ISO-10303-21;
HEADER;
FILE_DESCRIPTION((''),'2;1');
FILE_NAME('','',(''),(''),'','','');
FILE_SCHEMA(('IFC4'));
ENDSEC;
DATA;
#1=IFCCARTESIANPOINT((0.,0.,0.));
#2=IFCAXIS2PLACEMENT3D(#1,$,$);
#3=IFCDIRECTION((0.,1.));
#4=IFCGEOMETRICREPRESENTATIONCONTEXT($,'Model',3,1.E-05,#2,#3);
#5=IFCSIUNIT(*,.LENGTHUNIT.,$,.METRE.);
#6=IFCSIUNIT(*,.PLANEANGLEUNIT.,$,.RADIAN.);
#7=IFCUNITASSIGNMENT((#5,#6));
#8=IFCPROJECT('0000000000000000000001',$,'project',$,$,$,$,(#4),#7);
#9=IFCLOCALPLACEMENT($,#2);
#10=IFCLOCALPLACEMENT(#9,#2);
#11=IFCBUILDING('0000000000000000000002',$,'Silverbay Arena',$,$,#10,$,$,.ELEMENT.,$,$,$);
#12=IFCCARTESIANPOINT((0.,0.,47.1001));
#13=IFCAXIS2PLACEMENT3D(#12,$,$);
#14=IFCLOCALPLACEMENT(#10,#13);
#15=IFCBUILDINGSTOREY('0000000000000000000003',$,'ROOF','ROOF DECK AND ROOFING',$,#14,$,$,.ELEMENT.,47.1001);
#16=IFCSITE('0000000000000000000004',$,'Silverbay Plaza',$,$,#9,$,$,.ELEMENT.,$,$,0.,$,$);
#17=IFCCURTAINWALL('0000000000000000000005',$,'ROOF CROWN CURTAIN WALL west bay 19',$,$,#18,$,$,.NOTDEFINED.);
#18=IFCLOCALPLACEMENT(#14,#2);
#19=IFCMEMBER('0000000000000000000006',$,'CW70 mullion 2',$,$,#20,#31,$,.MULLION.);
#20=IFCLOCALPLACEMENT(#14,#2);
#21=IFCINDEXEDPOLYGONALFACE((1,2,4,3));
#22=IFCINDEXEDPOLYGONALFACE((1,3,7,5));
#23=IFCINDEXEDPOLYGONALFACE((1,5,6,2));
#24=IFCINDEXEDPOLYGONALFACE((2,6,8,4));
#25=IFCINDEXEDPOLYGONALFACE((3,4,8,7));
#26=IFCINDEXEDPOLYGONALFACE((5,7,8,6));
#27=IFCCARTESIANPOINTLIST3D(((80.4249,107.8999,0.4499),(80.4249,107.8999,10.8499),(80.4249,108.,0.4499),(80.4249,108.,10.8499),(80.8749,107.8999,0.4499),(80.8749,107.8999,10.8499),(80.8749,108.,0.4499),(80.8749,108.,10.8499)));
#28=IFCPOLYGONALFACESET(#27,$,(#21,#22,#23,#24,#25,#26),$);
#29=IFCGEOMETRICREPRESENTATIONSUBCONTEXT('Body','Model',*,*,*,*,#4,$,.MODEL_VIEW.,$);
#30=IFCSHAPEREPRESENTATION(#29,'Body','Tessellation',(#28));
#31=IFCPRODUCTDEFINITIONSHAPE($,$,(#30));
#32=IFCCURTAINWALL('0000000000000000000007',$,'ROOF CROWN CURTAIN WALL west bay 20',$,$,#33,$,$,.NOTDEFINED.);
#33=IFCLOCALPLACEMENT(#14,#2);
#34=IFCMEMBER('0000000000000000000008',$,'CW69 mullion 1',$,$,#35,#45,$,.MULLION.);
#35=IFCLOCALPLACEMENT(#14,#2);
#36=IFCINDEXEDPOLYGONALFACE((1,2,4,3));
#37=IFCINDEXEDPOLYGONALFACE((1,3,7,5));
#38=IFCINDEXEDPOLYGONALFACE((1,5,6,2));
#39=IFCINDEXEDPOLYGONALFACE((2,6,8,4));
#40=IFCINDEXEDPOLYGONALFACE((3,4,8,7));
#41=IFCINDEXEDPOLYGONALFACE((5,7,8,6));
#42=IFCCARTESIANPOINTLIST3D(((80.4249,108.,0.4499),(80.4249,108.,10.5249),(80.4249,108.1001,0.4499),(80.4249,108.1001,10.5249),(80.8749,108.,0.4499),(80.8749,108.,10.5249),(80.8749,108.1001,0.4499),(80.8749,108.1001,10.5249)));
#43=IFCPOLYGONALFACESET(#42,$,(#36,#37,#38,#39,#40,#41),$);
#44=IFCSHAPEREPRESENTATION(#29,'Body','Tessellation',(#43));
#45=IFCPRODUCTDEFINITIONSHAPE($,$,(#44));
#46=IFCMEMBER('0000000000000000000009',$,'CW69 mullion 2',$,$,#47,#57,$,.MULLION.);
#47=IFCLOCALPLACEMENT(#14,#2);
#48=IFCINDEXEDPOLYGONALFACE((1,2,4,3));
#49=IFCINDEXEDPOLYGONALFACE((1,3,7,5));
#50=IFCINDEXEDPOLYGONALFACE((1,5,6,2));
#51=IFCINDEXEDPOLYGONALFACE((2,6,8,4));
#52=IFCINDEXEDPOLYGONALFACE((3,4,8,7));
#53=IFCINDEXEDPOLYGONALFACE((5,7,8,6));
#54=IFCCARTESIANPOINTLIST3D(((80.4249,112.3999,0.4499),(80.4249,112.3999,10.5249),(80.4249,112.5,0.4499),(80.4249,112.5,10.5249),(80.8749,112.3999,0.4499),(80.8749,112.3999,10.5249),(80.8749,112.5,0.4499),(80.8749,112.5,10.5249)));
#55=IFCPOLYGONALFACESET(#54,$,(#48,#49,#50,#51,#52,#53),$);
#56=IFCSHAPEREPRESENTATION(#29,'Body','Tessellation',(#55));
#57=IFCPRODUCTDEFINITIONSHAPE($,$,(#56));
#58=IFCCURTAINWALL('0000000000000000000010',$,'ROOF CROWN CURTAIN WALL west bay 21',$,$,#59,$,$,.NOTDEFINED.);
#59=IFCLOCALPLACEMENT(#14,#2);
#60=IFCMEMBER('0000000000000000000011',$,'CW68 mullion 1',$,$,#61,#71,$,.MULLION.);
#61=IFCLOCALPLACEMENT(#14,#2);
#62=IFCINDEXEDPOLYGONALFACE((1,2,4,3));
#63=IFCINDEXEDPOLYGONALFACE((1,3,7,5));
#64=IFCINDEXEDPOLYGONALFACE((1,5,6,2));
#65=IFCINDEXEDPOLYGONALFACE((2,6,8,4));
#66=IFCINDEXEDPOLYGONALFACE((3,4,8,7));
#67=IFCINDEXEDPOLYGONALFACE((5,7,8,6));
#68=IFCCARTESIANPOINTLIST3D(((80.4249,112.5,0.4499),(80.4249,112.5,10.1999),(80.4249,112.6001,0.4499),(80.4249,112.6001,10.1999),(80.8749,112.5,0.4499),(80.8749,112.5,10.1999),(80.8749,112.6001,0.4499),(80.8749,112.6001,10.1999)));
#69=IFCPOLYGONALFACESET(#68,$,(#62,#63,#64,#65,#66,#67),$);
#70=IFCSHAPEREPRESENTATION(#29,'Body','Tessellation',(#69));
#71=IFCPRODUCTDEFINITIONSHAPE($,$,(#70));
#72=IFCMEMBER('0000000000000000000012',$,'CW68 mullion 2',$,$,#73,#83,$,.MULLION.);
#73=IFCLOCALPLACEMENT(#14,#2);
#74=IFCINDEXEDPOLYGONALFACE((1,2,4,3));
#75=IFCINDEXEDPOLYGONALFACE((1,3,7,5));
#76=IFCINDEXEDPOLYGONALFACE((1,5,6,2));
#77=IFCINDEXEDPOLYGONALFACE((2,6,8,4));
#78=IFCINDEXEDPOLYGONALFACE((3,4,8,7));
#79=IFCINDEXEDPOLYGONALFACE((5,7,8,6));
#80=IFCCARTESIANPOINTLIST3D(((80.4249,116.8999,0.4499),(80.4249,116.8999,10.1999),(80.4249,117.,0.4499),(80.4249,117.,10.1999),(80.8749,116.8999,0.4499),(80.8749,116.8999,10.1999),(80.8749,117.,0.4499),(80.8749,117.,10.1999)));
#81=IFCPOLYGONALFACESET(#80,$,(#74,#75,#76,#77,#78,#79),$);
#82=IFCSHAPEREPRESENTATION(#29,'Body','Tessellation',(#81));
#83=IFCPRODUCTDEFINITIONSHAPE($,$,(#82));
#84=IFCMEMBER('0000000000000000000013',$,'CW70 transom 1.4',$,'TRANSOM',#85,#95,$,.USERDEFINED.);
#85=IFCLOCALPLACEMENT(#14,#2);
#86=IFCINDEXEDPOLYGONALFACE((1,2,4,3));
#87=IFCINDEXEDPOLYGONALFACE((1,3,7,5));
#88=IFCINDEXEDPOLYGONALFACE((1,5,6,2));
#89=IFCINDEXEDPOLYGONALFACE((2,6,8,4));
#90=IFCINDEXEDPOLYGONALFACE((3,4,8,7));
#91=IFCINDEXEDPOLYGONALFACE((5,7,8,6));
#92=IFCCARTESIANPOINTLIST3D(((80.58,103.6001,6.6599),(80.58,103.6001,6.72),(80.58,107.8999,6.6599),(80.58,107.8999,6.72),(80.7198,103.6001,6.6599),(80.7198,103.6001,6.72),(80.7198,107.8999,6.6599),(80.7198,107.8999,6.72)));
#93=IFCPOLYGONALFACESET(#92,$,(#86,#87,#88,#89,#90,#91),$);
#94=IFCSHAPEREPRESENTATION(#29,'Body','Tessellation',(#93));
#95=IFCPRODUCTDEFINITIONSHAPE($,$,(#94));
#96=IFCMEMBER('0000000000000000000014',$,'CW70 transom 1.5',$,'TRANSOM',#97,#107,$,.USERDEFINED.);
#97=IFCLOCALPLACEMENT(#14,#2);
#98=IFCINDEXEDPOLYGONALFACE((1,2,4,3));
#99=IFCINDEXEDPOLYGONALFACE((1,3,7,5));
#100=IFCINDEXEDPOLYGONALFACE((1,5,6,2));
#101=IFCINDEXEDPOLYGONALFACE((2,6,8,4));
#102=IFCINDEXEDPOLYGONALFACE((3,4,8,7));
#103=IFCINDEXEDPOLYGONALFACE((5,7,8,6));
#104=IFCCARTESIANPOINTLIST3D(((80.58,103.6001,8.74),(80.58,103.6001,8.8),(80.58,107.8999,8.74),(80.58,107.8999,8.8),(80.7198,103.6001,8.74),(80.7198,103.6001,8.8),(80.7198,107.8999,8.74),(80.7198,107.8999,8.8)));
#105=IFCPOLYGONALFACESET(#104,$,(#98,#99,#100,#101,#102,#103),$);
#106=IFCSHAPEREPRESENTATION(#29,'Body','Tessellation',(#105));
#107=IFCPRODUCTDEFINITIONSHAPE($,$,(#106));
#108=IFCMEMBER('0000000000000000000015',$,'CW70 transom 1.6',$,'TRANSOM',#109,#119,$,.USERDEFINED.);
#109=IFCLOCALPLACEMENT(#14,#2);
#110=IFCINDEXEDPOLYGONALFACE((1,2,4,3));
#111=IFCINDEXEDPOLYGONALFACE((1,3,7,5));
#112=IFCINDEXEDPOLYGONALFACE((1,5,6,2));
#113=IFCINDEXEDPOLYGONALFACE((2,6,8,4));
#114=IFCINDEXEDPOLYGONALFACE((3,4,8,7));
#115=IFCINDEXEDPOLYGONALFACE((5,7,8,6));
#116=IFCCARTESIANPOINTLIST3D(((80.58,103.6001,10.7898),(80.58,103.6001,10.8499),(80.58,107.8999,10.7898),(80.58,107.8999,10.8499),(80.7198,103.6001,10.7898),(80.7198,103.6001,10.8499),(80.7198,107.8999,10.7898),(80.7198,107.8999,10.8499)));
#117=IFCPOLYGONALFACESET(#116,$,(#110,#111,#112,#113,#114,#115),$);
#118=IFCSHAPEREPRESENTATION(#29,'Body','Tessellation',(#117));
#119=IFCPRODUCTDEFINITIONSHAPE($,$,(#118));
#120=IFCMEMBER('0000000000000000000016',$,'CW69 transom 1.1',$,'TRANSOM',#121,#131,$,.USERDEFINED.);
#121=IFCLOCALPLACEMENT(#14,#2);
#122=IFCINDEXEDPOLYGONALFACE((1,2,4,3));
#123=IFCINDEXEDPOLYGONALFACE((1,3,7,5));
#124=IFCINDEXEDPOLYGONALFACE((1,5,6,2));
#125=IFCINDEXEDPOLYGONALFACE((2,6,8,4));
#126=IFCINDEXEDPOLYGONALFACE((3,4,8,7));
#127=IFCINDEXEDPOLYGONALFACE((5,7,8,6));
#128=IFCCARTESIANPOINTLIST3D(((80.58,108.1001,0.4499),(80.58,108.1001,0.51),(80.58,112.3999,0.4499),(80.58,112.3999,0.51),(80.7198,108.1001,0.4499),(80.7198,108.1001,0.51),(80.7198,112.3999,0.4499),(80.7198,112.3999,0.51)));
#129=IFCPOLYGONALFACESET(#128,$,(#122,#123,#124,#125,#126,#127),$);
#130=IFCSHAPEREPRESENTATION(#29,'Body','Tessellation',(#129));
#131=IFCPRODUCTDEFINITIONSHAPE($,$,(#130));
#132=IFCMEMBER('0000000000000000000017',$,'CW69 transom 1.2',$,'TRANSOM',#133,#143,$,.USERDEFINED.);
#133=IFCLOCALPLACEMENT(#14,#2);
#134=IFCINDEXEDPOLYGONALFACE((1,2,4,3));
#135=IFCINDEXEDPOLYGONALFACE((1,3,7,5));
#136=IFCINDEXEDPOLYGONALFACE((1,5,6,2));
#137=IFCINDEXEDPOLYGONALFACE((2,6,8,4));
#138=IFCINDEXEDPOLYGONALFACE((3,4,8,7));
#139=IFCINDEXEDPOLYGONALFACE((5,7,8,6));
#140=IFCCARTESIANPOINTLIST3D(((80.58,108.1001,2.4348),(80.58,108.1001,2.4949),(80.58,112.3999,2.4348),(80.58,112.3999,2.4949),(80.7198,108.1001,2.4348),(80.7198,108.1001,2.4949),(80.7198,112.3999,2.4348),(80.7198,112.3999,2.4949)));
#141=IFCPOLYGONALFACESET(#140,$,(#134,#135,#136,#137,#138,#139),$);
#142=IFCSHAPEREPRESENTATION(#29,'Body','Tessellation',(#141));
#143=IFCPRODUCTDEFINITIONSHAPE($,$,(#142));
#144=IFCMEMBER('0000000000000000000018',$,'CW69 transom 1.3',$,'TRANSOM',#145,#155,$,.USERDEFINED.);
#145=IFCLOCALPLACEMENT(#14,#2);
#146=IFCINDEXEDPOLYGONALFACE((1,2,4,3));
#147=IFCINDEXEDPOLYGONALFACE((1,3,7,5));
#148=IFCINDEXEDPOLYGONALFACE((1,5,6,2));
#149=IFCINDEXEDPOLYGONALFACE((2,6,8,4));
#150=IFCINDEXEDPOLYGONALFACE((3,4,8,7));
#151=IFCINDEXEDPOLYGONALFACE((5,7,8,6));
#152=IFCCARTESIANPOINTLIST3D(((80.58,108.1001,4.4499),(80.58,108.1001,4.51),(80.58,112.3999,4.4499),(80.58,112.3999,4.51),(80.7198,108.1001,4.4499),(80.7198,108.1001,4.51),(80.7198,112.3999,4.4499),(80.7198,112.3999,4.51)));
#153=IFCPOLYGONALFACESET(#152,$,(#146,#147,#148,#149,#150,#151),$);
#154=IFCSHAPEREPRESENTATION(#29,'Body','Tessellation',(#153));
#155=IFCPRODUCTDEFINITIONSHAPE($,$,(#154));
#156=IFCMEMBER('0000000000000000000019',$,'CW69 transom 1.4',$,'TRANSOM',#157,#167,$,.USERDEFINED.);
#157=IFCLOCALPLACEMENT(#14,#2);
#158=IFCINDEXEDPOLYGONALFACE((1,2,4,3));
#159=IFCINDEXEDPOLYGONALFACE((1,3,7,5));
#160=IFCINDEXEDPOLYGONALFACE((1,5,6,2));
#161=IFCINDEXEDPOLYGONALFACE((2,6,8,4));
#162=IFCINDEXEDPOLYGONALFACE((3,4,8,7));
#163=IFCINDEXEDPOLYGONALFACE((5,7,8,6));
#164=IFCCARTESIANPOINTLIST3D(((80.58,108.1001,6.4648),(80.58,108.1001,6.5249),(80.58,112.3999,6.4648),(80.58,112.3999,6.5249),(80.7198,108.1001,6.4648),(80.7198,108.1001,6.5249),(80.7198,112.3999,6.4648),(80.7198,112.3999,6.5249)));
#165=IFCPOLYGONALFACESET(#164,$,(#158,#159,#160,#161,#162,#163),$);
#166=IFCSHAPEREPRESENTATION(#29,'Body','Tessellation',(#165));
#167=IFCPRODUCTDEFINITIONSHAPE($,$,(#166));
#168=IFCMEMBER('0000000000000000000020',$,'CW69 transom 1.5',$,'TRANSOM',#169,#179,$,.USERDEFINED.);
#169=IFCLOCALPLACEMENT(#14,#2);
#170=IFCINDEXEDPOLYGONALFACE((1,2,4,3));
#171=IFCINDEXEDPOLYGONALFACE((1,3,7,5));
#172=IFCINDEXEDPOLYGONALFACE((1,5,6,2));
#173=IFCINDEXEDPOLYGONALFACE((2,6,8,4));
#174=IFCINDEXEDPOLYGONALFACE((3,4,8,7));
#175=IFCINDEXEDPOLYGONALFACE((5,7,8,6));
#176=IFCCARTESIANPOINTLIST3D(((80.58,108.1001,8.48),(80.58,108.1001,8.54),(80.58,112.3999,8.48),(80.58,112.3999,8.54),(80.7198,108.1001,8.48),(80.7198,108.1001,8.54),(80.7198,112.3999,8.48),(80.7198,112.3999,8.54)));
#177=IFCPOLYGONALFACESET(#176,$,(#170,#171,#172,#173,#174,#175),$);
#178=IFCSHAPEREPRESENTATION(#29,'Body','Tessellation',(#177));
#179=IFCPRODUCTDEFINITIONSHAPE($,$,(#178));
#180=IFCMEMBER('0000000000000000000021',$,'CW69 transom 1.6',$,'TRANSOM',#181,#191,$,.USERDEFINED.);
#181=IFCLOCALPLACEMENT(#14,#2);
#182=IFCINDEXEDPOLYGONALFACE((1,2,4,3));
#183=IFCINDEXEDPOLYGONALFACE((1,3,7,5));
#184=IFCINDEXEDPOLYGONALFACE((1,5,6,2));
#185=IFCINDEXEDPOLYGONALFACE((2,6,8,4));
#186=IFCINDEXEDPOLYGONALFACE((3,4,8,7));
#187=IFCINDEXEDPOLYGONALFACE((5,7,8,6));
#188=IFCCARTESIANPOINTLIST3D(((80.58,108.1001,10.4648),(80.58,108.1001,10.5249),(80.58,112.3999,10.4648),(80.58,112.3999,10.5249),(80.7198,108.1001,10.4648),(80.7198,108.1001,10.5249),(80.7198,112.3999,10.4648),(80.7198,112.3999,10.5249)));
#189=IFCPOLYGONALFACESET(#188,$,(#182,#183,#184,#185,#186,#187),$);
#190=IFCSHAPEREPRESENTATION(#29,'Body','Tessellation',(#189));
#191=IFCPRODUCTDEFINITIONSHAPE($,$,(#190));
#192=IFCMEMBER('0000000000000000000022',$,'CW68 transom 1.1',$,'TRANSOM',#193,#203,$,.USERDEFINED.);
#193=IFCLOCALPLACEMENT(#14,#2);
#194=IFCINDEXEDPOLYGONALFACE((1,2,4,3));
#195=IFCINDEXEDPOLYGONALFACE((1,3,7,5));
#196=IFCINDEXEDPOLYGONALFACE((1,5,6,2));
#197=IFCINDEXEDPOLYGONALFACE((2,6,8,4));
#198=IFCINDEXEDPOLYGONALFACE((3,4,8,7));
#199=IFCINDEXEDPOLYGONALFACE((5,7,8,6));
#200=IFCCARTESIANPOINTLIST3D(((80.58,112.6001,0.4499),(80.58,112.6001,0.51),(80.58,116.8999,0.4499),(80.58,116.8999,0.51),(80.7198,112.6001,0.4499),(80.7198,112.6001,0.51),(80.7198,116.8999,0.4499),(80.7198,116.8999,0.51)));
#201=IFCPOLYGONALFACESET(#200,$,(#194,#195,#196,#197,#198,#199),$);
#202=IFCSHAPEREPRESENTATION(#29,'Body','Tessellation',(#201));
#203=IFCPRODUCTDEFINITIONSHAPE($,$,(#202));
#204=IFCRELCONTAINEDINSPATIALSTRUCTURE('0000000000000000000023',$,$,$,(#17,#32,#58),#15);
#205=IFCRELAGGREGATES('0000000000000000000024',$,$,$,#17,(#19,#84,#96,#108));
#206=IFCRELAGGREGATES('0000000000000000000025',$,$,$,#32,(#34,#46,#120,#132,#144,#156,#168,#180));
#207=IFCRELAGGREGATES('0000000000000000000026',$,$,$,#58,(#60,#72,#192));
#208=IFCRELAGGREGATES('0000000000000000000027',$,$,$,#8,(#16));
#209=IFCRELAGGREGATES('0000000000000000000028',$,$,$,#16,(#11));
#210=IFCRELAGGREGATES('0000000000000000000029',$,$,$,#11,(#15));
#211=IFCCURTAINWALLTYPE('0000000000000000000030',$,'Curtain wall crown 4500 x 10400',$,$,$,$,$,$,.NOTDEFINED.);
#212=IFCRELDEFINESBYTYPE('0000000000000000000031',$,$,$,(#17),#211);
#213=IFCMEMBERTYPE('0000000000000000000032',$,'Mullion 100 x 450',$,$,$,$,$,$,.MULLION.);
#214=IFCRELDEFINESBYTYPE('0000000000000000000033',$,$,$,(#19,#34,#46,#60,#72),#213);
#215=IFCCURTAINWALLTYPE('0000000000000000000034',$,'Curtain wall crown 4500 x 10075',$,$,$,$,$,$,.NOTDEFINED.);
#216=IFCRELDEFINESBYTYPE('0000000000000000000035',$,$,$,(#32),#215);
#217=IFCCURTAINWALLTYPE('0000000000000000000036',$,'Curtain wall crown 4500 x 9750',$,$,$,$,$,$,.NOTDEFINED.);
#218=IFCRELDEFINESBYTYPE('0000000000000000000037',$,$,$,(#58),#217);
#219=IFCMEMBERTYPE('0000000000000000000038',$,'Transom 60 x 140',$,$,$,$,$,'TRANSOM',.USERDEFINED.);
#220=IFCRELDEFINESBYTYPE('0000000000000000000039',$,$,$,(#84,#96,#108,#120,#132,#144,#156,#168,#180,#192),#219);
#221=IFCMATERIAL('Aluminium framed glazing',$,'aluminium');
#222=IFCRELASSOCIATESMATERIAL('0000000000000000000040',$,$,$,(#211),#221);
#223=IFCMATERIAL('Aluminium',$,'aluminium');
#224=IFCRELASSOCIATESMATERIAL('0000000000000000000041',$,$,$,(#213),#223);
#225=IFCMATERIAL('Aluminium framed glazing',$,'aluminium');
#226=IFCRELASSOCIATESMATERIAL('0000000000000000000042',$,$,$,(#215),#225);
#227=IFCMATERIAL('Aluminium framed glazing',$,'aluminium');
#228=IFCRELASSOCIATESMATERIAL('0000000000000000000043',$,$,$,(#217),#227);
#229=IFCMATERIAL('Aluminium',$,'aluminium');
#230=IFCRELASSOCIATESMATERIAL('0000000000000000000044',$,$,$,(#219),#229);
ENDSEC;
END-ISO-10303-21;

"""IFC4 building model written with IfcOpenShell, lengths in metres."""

from ifc_helpers import new_model, si_unit, direction, frame, origin, origin_2d, place, context, subcontext, project, spatial, rectangle, extrude, material, material_profile, profile_set, type_object, element, aggregate, save


model = new_model("IFC4")

# Units and contexts
model_context = context("Model", 3, precision=1e-05, world=origin(), true_north=direction((0.0, 1.0)))
body_context = subcontext(model_context, "Body", "Model", "MODEL_VIEW")
ifc_project = project(units=[si_unit("LENGTHUNIT", "METRE"), si_unit("PLANEANGLEUNIT", "RADIAN")], contexts=[model_context])

# Site, building, storey
site_placement = place(None, origin())
site = spatial("IfcSite", under=ifc_project, at=site_placement, Name="Silverbay Plaza", CompositionType="ELEMENT", RefElevation=0.0)
building_placement = place(site_placement, origin())
building = spatial("IfcBuilding", under=site, at=building_placement, Name="Silverbay Arena", CompositionType="ELEMENT")
storey_placement = place(building_placement, frame((0.0, 0.0, 47.1001)))
storey = spatial("IfcBuildingStorey", under=building, at=storey_placement, Name="ROOF", Description="ROOF DECK AND ROOFING", CompositionType="ELEMENT", Elevation=47.1001)

# Curtain wall, member
ifc_material_1 = material(Name="Aluminium framed glazing", Category="aluminium")
curtain_wall_type_1 = type_object("IfcCurtainWallType", Name="Curtain wall crown 4500 x 10400", PredefinedType="NOTDEFINED", material=ifc_material_1)
curtain_wall_1_placement = place(storey_placement, origin())
curtain_wall_1 = element("IfcCurtainWall", 1, at=curtain_wall_1_placement, inside=storey, type_object=curtain_wall_type_1, Name="ROOF CROWN CURTAIN WALL west bay 19", PredefinedType="NOTDEFINED")
ifc_material_2 = material(Name="Aluminium", Category="aluminium")
ifc_material_profile_1 = material_profile(ifc_material_2, rectangle(XDim=0.45, YDim=0.1001, at=origin_2d()), Name="Mullion 100 x 450")
ifc_profile_set_1 = profile_set([ifc_material_profile_1], Name="Aluminium")
member_type_1 = type_object("IfcMemberType", Name="Mullion 100 x 450", PredefinedType="MULLION", material=ifc_profile_set_1)
placement = place(building_placement, frame((0.0, 0.0, 33.5)))
member_1_placement = place(placement, frame((80.6499, 107.95, 14.05), z_axis=(0.0, 0.0, 1.0), x_axis=(-1.0, 0.0, 0.0)))
member_1 = element("IfcMember", 2, at=member_1_placement, type_object=member_type_1, Name="CW70 mullion 2", PredefinedType="MULLION", context=body_context, shape_type="SweptSolid", body=[
    extrude(rectangle(XDim=0.45, YDim=0.1001, at=origin_2d()), origin(), (0.0, 0.0, 1.0), 10.3999),
])

# Curtain walls, members
ifc_material_3 = material(Name="Aluminium framed glazing", Category="aluminium")
curtain_wall_type_2 = type_object("IfcCurtainWallType", Name="Curtain wall crown 4500 x 10075", PredefinedType="NOTDEFINED", material=ifc_material_3)
curtain_wall_2_placement = place(storey_placement, origin())
curtain_wall_2 = element("IfcCurtainWall", 3, at=curtain_wall_2_placement, inside=storey, type_object=curtain_wall_type_2, Name="ROOF CROWN CURTAIN WALL west bay 20", PredefinedType="NOTDEFINED")
member_2_placement = place(placement, frame((80.6499, 108.05, 14.05), z_axis=(0.0, 0.0, 1.0), x_axis=(-1.0, 0.0, 0.0)))
member_2 = element("IfcMember", 4, at=member_2_placement, type_object=member_type_1, Name="CW69 mullion 1", PredefinedType="MULLION", context=body_context, shape_type="SweptSolid", body=[
    extrude(rectangle(XDim=0.45, YDim=0.1001, at=origin_2d()), origin(), (0.0, 0.0, 1.0), 10.075),
])
member_3_placement = place(placement, frame((80.6499, 112.45, 14.05), z_axis=(0.0, 0.0, 1.0), x_axis=(-1.0, 0.0, 0.0)))
member_3 = element("IfcMember", 5, at=member_3_placement, type_object=member_type_1, Name="CW69 mullion 2", PredefinedType="MULLION", context=body_context, shape_type="SweptSolid", body=[
    extrude(rectangle(XDim=0.45, YDim=0.1001, at=origin_2d()), origin(), (0.0, 0.0, 1.0), 10.075),
])
ifc_material_4 = material(Name="Aluminium framed glazing", Category="aluminium")
curtain_wall_type_3 = type_object("IfcCurtainWallType", Name="Curtain wall crown 4500 x 9750", PredefinedType="NOTDEFINED", material=ifc_material_4)
curtain_wall_3_placement = place(storey_placement, origin())
curtain_wall_3 = element("IfcCurtainWall", 6, at=curtain_wall_3_placement, inside=storey, type_object=curtain_wall_type_3, Name="ROOF CROWN CURTAIN WALL west bay 21", PredefinedType="NOTDEFINED")
member_4_placement = place(placement, frame((80.6499, 112.55, 14.05), z_axis=(0.0, 0.0, 1.0), x_axis=(-1.0, 0.0, 0.0)))
member_4 = element("IfcMember", 7, at=member_4_placement, type_object=member_type_1, Name="CW68 mullion 1", PredefinedType="MULLION", context=body_context, shape_type="SweptSolid", body=[
    extrude(rectangle(XDim=0.45, YDim=0.1001, at=origin_2d()), origin(), (0.0, 0.0, 1.0), 9.75),
])
member_5_placement = place(placement, frame((80.6499, 116.95, 14.05), z_axis=(0.0, 0.0, 1.0), x_axis=(-1.0, 0.0, 0.0)))
member_5 = element("IfcMember", 8, at=member_5_placement, type_object=member_type_1, Name="CW68 mullion 2", PredefinedType="MULLION", context=body_context, shape_type="SweptSolid", body=[
    extrude(rectangle(XDim=0.45, YDim=0.1001, at=origin_2d()), origin(), (0.0, 0.0, 1.0), 9.75),
])

# Members
ifc_material_5 = material(Name="Aluminium", Category="aluminium")
ifc_material_profile_2 = material_profile(ifc_material_5, rectangle(XDim=0.1399, YDim=0.0601, at=origin_2d()), Name="Transom 60 x 140")
ifc_profile_set_2 = profile_set([ifc_material_profile_2], Name="Aluminium")
member_type_2 = type_object("IfcMemberType", Name="Transom 60 x 140", ElementType="TRANSOM", PredefinedType="USERDEFINED", material=ifc_profile_set_2)
member_6_placement = place(placement, frame((80.6499, 103.6001, 20.29), z_axis=(0.0, 1.0, 0.0), x_axis=(-1.0, 0.0, 0.0)))
member_6 = element("IfcMember", 9, at=member_6_placement, type_object=member_type_2, Name="CW70 transom 1.4", ObjectType="TRANSOM", PredefinedType="USERDEFINED", context=body_context, shape_type="SweptSolid", body=[
    extrude(rectangle(XDim=0.1399, YDim=0.0601, at=origin_2d()), origin(), (0.0, 0.0, 1.0), 4.2998),
])
member_7_placement = place(placement, frame((80.6499, 103.6001, 22.3701), z_axis=(0.0, 1.0, 0.0), x_axis=(-1.0, 0.0, 0.0)))
member_7 = element("IfcMember", 10, at=member_7_placement, type_object=member_type_2, Name="CW70 transom 1.5", ObjectType="TRANSOM", PredefinedType="USERDEFINED", context=body_context, shape_type="SweptSolid", body=[
    extrude(rectangle(XDim=0.1399, YDim=0.0601, at=origin_2d()), origin(), (0.0, 0.0, 1.0), 4.2998),
])
member_8_placement = place(placement, frame((80.6499, 103.6001, 24.4199), z_axis=(0.0, 1.0, 0.0), x_axis=(-1.0, 0.0, 0.0)))
member_8 = element("IfcMember", 11, at=member_8_placement, type_object=member_type_2, Name="CW70 transom 1.6", ObjectType="TRANSOM", PredefinedType="USERDEFINED", context=body_context, shape_type="SweptSolid", body=[
    extrude(rectangle(XDim=0.1399, YDim=0.0601, at=origin_2d()), origin(), (0.0, 0.0, 1.0), 4.2998),
])
member_9_placement = place(placement, frame((80.6499, 108.1001, 14.0801), z_axis=(0.0, 1.0, 0.0), x_axis=(-1.0, 0.0, 0.0)))
member_9 = element("IfcMember", 12, at=member_9_placement, type_object=member_type_2, Name="CW69 transom 1.1", ObjectType="TRANSOM", PredefinedType="USERDEFINED", context=body_context, shape_type="SweptSolid", body=[
    extrude(rectangle(XDim=0.1399, YDim=0.0601, at=origin_2d()), origin(), (0.0, 0.0, 1.0), 4.2998),
])
member_10_placement = place(placement, frame((80.6499, 108.1001, 16.0649), z_axis=(0.0, 1.0, 0.0), x_axis=(-1.0, 0.0, 0.0)))
member_10 = element("IfcMember", 13, at=member_10_placement, type_object=member_type_2, Name="CW69 transom 1.2", ObjectType="TRANSOM", PredefinedType="USERDEFINED", context=body_context, shape_type="SweptSolid", body=[
    extrude(rectangle(XDim=0.1399, YDim=0.0601, at=origin_2d()), origin(), (0.0, 0.0, 1.0), 4.2998),
])
member_11_placement = place(placement, frame((80.6499, 108.1001, 18.0801), z_axis=(0.0, 1.0, 0.0), x_axis=(-1.0, 0.0, 0.0)))
member_11 = element("IfcMember", 14, at=member_11_placement, type_object=member_type_2, Name="CW69 transom 1.3", ObjectType="TRANSOM", PredefinedType="USERDEFINED", context=body_context, shape_type="SweptSolid", body=[
    extrude(rectangle(XDim=0.1399, YDim=0.0601, at=origin_2d()), origin(), (0.0, 0.0, 1.0), 4.2998),
])
member_12_placement = place(placement, frame((80.6499, 108.1001, 20.095), z_axis=(0.0, 1.0, 0.0), x_axis=(-1.0, 0.0, 0.0)))
member_12 = element("IfcMember", 15, at=member_12_placement, type_object=member_type_2, Name="CW69 transom 1.4", ObjectType="TRANSOM", PredefinedType="USERDEFINED", context=body_context, shape_type="SweptSolid", body=[
    extrude(rectangle(XDim=0.1399, YDim=0.0601, at=origin_2d()), origin(), (0.0, 0.0, 1.0), 4.2998),
])
member_13_placement = place(placement, frame((80.6499, 108.1001, 22.1101), z_axis=(0.0, 1.0, 0.0), x_axis=(-1.0, 0.0, 0.0)))
member_13 = element("IfcMember", 16, at=member_13_placement, type_object=member_type_2, Name="CW69 transom 1.5", ObjectType="TRANSOM", PredefinedType="USERDEFINED", context=body_context, shape_type="SweptSolid", body=[
    extrude(rectangle(XDim=0.1399, YDim=0.0601, at=origin_2d()), origin(), (0.0, 0.0, 1.0), 4.2998),
])
member_14_placement = place(placement, frame((80.6499, 108.1001, 24.095), z_axis=(0.0, 1.0, 0.0), x_axis=(-1.0, 0.0, 0.0)))
member_14 = element("IfcMember", 17, at=member_14_placement, type_object=member_type_2, Name="CW69 transom 1.6", ObjectType="TRANSOM", PredefinedType="USERDEFINED", context=body_context, shape_type="SweptSolid", body=[
    extrude(rectangle(XDim=0.1399, YDim=0.0601, at=origin_2d()), origin(), (0.0, 0.0, 1.0), 4.2998),
])
member_15_placement = place(placement, frame((80.6499, 112.6001, 14.0801), z_axis=(0.0, 1.0, 0.0), x_axis=(-1.0, 0.0, 0.0)))
member_15 = element("IfcMember", 18, at=member_15_placement, type_object=member_type_2, Name="CW68 transom 1.1", ObjectType="TRANSOM", PredefinedType="USERDEFINED", context=body_context, shape_type="SweptSolid", body=[
    extrude(rectangle(XDim=0.1399, YDim=0.0601, at=origin_2d()), origin(), (0.0, 0.0, 1.0), 4.2998),
])

aggregate(curtain_wall_1, [member_1, member_6, member_7, member_8])
aggregate(curtain_wall_2, [member_2, member_3, member_9, member_10, member_11, member_12, member_13, member_14])
aggregate(curtain_wall_3, [member_4, member_5, member_15])

save(model, "model.ifc")
